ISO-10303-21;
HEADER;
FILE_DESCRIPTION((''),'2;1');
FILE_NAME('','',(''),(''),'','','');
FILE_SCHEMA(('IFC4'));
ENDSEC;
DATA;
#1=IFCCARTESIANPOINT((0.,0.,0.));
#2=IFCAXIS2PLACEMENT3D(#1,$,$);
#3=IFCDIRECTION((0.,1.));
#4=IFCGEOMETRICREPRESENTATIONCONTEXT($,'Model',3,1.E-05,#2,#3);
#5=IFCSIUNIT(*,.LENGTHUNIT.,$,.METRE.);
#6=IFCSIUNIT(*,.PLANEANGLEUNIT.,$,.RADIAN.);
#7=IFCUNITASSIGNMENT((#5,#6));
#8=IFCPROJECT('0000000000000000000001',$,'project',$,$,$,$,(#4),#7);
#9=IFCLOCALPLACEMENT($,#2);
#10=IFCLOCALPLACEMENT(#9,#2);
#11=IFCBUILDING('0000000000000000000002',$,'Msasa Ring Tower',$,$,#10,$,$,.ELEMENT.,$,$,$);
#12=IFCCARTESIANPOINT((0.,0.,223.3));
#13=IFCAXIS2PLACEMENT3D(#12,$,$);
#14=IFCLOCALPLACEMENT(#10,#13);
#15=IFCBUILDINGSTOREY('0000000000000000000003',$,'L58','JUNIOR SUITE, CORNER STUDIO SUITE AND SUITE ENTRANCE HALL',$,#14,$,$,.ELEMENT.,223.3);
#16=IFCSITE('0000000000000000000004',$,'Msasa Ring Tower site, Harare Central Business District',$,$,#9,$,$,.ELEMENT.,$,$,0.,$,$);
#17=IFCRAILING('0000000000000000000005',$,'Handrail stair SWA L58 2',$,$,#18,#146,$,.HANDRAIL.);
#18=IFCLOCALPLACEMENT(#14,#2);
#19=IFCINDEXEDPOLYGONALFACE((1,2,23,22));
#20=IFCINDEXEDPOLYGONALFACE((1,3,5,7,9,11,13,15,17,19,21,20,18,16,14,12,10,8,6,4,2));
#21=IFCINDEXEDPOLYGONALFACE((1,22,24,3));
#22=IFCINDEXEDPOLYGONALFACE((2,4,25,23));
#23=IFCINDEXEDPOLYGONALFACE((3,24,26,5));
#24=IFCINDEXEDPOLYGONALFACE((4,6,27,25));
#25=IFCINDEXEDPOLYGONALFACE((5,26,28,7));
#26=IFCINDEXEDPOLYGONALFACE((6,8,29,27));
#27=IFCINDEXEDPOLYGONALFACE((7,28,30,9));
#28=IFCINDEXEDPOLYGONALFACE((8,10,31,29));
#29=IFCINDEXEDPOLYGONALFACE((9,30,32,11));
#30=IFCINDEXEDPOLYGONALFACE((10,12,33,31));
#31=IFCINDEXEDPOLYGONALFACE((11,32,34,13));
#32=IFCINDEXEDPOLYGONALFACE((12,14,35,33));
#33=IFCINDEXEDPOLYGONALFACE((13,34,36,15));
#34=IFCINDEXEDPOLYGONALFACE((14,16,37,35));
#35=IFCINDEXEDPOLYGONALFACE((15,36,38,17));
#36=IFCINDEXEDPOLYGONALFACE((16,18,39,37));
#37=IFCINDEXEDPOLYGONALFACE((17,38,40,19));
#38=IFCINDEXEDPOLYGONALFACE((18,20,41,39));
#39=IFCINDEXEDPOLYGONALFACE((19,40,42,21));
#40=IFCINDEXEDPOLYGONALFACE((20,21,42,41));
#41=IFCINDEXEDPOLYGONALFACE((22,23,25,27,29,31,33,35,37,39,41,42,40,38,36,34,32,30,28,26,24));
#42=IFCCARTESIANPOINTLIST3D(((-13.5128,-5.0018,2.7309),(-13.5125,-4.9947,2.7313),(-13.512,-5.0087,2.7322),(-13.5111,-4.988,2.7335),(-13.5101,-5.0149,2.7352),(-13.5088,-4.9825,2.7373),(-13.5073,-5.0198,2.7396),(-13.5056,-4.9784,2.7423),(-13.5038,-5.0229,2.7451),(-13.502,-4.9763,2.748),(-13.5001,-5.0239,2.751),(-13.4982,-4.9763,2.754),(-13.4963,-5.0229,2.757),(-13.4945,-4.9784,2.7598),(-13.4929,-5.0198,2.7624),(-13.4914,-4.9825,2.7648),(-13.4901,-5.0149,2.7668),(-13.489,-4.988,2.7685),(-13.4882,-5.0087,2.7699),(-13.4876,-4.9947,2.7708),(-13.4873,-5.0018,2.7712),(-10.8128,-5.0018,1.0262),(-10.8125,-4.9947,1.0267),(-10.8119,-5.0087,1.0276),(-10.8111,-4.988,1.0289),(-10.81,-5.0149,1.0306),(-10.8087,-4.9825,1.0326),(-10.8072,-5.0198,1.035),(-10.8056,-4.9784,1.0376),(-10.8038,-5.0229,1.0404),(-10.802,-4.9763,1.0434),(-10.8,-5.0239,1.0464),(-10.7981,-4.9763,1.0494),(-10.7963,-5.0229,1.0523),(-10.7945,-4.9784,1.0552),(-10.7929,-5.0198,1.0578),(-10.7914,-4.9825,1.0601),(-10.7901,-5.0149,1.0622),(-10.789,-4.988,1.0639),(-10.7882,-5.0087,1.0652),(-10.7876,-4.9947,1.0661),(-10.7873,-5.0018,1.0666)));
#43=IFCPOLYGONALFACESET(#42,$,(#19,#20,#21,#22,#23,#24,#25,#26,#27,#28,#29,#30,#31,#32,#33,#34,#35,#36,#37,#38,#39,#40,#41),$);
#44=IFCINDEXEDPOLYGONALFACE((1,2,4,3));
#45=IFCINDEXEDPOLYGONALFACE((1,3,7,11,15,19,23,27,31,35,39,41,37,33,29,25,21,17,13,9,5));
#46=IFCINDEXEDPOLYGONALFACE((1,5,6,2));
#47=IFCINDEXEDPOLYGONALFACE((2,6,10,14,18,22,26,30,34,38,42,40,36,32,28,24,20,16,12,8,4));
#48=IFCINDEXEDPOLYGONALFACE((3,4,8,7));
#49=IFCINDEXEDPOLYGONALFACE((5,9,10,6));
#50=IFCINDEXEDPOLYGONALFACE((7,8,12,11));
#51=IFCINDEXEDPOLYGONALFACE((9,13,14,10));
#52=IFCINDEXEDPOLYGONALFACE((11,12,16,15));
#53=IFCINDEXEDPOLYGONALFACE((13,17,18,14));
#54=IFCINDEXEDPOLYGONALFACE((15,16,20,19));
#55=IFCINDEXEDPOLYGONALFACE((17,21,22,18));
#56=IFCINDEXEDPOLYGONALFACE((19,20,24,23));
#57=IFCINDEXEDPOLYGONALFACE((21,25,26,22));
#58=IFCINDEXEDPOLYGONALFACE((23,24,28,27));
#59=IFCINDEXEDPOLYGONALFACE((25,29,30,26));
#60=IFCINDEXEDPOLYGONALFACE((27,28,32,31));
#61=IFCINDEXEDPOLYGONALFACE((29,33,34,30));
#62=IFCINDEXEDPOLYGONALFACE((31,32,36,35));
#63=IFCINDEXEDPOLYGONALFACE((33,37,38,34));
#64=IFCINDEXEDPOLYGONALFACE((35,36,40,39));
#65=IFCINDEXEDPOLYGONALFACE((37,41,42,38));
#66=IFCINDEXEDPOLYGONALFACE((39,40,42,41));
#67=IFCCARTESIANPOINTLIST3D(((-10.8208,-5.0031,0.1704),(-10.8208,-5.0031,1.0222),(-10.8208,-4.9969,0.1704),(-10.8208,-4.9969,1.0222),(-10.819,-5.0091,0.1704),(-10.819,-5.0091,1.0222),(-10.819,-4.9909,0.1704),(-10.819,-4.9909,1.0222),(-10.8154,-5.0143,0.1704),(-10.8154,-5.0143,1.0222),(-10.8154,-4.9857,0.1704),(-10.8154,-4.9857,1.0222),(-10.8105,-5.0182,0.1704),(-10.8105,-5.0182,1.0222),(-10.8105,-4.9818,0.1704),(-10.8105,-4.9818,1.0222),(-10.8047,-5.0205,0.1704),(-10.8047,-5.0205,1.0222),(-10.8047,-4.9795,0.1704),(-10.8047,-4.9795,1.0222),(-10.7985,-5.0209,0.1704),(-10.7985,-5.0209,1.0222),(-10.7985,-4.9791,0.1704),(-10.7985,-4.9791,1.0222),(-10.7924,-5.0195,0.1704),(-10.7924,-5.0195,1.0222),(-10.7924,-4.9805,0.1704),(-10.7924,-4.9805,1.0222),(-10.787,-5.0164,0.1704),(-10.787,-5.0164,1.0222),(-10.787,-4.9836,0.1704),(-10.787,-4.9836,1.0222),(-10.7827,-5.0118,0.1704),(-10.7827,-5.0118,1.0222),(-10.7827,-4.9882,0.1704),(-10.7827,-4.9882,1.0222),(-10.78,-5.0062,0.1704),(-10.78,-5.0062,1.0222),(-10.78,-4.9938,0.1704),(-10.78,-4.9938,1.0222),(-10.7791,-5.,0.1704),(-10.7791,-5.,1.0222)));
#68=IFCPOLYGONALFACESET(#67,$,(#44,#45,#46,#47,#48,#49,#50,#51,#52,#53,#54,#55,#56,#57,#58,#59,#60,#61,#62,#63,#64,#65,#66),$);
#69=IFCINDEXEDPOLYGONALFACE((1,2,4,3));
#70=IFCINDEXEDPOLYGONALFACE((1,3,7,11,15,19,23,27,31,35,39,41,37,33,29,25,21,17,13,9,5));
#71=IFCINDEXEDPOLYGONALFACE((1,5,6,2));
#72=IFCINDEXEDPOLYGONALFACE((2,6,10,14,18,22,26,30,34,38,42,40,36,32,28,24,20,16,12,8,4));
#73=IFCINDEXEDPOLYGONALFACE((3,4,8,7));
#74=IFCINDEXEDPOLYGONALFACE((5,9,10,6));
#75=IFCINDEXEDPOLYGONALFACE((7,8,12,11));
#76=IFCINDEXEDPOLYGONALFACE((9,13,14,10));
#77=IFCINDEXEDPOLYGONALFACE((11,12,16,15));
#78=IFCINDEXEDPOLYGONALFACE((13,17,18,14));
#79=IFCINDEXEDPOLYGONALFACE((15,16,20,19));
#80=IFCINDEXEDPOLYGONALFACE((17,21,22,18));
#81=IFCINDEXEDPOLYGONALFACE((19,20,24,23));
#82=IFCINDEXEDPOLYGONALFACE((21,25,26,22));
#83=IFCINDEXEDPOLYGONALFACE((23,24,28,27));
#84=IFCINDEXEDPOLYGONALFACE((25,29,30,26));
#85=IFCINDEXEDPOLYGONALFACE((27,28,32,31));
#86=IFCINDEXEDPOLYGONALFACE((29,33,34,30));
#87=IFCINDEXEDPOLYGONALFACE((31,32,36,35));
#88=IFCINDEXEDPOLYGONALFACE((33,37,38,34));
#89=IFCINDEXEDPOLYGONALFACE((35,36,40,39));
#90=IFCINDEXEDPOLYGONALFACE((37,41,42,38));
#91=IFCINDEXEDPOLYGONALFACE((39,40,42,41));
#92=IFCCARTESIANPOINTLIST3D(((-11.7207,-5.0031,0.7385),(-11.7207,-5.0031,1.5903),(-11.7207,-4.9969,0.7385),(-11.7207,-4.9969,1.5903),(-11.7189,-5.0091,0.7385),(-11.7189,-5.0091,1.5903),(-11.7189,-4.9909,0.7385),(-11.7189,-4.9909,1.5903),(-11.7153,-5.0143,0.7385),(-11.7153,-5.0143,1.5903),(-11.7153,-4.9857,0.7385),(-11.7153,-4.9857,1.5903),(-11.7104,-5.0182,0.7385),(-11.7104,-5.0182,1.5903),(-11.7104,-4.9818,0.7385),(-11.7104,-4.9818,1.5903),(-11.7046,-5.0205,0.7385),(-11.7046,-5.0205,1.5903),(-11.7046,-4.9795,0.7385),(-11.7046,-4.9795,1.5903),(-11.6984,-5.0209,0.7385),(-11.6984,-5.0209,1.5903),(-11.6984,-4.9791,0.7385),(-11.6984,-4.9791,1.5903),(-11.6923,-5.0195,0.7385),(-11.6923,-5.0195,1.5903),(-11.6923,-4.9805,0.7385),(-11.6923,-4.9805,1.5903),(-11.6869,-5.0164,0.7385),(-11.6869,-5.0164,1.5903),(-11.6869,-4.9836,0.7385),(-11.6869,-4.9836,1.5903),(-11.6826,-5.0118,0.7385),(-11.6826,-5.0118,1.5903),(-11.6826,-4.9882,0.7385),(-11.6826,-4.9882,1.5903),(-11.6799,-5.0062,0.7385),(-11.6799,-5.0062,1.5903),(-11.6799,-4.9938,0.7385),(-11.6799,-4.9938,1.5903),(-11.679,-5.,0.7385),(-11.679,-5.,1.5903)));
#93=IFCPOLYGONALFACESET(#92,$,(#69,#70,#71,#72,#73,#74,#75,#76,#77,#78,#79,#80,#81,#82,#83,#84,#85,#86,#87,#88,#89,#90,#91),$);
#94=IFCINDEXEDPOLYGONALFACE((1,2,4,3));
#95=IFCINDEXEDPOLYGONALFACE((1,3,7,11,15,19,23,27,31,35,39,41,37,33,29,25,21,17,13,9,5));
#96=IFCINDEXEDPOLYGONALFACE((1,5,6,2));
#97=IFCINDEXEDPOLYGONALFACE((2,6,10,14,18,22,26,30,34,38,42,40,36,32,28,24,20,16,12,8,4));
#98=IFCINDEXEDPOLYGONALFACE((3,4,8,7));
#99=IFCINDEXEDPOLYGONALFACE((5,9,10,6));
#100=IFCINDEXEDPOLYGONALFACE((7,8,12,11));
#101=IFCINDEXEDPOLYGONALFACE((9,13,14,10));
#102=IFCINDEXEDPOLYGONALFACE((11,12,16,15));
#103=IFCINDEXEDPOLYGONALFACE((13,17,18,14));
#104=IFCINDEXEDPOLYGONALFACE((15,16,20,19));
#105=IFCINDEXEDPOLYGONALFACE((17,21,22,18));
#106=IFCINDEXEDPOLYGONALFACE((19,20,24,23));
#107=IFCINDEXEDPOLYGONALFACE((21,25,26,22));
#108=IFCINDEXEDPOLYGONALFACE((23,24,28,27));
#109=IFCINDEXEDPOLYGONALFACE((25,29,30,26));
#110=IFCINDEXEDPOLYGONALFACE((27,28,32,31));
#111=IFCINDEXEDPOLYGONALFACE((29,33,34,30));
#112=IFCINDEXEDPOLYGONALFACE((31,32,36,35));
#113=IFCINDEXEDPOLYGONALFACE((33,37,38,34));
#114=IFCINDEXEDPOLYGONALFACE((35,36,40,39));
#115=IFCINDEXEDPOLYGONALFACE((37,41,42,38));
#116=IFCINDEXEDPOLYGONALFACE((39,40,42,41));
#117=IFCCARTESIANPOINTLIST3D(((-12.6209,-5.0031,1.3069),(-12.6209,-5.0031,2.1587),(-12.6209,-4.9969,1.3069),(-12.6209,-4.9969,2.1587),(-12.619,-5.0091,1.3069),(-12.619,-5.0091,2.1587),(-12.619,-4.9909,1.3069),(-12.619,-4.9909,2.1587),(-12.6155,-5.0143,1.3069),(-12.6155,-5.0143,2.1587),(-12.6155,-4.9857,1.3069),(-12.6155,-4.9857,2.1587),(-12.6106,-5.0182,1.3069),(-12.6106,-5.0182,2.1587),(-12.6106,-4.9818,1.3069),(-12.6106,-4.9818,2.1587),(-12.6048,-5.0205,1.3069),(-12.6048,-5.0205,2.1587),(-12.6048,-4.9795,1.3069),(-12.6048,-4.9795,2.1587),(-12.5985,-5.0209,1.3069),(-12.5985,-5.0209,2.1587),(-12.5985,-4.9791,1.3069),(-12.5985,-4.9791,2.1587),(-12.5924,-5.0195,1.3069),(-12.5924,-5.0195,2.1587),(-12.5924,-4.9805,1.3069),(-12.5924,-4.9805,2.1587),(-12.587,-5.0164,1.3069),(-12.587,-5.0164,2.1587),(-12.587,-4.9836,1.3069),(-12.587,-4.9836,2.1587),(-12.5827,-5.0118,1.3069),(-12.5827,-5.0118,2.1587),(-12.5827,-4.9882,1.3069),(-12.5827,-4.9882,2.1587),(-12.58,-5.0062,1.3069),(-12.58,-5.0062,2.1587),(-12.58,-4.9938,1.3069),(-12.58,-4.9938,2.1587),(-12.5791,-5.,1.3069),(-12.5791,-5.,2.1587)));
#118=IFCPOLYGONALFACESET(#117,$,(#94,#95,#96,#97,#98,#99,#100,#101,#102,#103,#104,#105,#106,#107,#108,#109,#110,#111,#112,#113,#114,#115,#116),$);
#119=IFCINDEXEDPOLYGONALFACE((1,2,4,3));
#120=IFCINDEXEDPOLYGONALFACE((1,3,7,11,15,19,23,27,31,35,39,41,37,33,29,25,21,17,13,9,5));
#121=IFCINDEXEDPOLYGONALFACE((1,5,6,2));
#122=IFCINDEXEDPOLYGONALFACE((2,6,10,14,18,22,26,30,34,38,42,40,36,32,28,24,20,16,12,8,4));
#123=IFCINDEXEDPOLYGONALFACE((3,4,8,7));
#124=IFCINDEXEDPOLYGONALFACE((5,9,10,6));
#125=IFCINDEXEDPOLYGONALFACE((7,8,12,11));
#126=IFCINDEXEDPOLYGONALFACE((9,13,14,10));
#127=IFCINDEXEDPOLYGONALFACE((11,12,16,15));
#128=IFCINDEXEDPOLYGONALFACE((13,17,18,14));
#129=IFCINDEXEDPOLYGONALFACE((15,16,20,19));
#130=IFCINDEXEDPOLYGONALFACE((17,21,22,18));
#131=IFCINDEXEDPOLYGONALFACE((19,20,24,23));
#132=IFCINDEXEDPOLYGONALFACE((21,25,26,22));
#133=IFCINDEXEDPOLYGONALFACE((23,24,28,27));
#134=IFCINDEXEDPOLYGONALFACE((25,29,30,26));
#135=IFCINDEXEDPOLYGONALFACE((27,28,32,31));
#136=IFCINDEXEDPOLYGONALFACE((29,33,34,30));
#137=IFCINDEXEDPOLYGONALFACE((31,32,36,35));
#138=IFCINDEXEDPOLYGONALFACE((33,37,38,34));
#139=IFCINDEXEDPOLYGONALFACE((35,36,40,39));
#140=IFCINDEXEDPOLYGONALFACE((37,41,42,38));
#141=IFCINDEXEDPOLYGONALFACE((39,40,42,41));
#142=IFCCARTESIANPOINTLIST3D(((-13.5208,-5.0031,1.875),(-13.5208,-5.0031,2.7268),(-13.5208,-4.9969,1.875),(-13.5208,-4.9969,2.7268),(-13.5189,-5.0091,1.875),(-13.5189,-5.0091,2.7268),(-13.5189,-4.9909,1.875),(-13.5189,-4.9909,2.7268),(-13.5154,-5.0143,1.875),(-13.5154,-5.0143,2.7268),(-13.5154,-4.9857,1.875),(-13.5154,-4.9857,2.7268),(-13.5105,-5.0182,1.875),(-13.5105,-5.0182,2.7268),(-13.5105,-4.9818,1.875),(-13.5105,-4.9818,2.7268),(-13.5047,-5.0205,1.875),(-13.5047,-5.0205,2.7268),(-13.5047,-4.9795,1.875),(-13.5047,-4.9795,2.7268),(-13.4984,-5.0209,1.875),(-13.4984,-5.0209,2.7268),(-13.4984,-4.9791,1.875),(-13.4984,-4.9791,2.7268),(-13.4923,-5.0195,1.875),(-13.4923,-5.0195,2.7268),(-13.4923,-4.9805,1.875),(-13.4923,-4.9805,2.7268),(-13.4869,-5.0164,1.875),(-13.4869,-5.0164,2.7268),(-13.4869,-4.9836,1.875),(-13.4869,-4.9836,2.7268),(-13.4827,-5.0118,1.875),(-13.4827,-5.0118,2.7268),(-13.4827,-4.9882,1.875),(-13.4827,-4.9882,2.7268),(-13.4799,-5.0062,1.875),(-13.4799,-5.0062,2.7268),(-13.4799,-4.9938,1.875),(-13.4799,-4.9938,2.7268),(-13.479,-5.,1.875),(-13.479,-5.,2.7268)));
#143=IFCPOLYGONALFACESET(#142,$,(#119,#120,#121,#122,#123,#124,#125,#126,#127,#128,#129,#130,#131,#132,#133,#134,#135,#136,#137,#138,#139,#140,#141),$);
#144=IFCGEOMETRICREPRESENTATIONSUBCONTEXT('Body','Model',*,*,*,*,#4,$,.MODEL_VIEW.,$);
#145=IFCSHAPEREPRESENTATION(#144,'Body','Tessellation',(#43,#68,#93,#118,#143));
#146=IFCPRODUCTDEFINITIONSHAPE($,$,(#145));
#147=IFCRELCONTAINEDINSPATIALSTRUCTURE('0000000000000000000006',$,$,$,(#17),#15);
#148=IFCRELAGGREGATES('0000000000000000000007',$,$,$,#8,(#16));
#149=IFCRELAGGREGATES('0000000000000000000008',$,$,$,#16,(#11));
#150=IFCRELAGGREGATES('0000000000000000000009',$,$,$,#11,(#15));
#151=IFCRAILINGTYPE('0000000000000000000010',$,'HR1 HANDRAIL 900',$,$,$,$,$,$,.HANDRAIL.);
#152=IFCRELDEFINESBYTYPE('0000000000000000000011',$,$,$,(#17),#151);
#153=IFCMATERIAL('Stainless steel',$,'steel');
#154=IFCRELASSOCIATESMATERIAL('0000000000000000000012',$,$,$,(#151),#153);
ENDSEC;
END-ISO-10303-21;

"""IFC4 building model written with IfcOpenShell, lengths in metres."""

from ifc_helpers import new_model, si_unit, direction, frame, origin, origin_2d, place, context, subcontext, project, spatial, circle, extrude, material, type_object, element, save


model = new_model("IFC4")

# Units and contexts
model_context = context("Model", 3, precision=1e-05, world=origin(), true_north=direction((0.0, 1.0)))
body_context = subcontext(model_context, "Body", "Model", "MODEL_VIEW")
ifc_project = project(units=[si_unit("LENGTHUNIT", "METRE"), si_unit("PLANEANGLEUNIT", "RADIAN")], contexts=[model_context])

# Site, building, storey
site_placement = place(None, origin())
site = spatial("IfcSite", under=ifc_project, at=site_placement, Name="Msasa Ring Tower site, Harare Central Business District", CompositionType="ELEMENT", RefElevation=0.0)
building_placement = place(site_placement, origin())
building = spatial("IfcBuilding", under=site, at=building_placement, Name="Msasa Ring Tower", CompositionType="ELEMENT")
storey_placement = place(building_placement, frame((0.0, 0.0, 223.3)))
storey = spatial("IfcBuildingStorey", under=building, at=storey_placement, Name="L58", Description="JUNIOR SUITE, CORNER STUDIO SUITE AND SUITE ENTRANCE HALL", CompositionType="ELEMENT", Elevation=223.3)

# Railing
ifc_material_1 = material(Name="Stainless steel", Category="steel")
railing_type = type_object("IfcRailingType", Name="HR1 HANDRAIL 900", PredefinedType="HANDRAIL", material=ifc_material_1)
for number, where, name in (
    (1, (-10.8, -5.0, 0.1704), "Handrail stair SWA L58 2"),
):
    element("IfcRailing", number, at=place(storey_placement, frame(where)), inside=storey, type_object=railing_type, Name=name, PredefinedType="HANDRAIL", context=body_context, shape_type="SweptSolid", body=[
        extrude(circle(Radius=0.0239, at=origin_2d()), frame((0.0, 0.0, 0.876), z_axis=(-0.84558, 0.0, 0.533849), x_axis=(0.0, -1.0, 0.0)), (0.0, 0.0, 1.0), 3.1931),
        extrude(circle(Radius=0.021, at=origin_2d()), origin(), (0.0, 0.0, 1.0), 0.8518),
        extrude(circle(Radius=0.021, at=origin_2d()), frame((-0.8999, 0.0, 0.5681)), (0.0, 0.0, 1.0), 0.8518),
        extrude(circle(Radius=0.021, at=origin_2d()), frame((-1.8, 0.0, 1.1365)), (0.0, 0.0, 1.0), 0.8518),
        extrude(circle(Radius=0.021, at=origin_2d()), frame((-2.7, 0.0, 1.7046)), (0.0, 0.0, 1.0), 0.8518),
    ])

save(model, "model.ifc")
